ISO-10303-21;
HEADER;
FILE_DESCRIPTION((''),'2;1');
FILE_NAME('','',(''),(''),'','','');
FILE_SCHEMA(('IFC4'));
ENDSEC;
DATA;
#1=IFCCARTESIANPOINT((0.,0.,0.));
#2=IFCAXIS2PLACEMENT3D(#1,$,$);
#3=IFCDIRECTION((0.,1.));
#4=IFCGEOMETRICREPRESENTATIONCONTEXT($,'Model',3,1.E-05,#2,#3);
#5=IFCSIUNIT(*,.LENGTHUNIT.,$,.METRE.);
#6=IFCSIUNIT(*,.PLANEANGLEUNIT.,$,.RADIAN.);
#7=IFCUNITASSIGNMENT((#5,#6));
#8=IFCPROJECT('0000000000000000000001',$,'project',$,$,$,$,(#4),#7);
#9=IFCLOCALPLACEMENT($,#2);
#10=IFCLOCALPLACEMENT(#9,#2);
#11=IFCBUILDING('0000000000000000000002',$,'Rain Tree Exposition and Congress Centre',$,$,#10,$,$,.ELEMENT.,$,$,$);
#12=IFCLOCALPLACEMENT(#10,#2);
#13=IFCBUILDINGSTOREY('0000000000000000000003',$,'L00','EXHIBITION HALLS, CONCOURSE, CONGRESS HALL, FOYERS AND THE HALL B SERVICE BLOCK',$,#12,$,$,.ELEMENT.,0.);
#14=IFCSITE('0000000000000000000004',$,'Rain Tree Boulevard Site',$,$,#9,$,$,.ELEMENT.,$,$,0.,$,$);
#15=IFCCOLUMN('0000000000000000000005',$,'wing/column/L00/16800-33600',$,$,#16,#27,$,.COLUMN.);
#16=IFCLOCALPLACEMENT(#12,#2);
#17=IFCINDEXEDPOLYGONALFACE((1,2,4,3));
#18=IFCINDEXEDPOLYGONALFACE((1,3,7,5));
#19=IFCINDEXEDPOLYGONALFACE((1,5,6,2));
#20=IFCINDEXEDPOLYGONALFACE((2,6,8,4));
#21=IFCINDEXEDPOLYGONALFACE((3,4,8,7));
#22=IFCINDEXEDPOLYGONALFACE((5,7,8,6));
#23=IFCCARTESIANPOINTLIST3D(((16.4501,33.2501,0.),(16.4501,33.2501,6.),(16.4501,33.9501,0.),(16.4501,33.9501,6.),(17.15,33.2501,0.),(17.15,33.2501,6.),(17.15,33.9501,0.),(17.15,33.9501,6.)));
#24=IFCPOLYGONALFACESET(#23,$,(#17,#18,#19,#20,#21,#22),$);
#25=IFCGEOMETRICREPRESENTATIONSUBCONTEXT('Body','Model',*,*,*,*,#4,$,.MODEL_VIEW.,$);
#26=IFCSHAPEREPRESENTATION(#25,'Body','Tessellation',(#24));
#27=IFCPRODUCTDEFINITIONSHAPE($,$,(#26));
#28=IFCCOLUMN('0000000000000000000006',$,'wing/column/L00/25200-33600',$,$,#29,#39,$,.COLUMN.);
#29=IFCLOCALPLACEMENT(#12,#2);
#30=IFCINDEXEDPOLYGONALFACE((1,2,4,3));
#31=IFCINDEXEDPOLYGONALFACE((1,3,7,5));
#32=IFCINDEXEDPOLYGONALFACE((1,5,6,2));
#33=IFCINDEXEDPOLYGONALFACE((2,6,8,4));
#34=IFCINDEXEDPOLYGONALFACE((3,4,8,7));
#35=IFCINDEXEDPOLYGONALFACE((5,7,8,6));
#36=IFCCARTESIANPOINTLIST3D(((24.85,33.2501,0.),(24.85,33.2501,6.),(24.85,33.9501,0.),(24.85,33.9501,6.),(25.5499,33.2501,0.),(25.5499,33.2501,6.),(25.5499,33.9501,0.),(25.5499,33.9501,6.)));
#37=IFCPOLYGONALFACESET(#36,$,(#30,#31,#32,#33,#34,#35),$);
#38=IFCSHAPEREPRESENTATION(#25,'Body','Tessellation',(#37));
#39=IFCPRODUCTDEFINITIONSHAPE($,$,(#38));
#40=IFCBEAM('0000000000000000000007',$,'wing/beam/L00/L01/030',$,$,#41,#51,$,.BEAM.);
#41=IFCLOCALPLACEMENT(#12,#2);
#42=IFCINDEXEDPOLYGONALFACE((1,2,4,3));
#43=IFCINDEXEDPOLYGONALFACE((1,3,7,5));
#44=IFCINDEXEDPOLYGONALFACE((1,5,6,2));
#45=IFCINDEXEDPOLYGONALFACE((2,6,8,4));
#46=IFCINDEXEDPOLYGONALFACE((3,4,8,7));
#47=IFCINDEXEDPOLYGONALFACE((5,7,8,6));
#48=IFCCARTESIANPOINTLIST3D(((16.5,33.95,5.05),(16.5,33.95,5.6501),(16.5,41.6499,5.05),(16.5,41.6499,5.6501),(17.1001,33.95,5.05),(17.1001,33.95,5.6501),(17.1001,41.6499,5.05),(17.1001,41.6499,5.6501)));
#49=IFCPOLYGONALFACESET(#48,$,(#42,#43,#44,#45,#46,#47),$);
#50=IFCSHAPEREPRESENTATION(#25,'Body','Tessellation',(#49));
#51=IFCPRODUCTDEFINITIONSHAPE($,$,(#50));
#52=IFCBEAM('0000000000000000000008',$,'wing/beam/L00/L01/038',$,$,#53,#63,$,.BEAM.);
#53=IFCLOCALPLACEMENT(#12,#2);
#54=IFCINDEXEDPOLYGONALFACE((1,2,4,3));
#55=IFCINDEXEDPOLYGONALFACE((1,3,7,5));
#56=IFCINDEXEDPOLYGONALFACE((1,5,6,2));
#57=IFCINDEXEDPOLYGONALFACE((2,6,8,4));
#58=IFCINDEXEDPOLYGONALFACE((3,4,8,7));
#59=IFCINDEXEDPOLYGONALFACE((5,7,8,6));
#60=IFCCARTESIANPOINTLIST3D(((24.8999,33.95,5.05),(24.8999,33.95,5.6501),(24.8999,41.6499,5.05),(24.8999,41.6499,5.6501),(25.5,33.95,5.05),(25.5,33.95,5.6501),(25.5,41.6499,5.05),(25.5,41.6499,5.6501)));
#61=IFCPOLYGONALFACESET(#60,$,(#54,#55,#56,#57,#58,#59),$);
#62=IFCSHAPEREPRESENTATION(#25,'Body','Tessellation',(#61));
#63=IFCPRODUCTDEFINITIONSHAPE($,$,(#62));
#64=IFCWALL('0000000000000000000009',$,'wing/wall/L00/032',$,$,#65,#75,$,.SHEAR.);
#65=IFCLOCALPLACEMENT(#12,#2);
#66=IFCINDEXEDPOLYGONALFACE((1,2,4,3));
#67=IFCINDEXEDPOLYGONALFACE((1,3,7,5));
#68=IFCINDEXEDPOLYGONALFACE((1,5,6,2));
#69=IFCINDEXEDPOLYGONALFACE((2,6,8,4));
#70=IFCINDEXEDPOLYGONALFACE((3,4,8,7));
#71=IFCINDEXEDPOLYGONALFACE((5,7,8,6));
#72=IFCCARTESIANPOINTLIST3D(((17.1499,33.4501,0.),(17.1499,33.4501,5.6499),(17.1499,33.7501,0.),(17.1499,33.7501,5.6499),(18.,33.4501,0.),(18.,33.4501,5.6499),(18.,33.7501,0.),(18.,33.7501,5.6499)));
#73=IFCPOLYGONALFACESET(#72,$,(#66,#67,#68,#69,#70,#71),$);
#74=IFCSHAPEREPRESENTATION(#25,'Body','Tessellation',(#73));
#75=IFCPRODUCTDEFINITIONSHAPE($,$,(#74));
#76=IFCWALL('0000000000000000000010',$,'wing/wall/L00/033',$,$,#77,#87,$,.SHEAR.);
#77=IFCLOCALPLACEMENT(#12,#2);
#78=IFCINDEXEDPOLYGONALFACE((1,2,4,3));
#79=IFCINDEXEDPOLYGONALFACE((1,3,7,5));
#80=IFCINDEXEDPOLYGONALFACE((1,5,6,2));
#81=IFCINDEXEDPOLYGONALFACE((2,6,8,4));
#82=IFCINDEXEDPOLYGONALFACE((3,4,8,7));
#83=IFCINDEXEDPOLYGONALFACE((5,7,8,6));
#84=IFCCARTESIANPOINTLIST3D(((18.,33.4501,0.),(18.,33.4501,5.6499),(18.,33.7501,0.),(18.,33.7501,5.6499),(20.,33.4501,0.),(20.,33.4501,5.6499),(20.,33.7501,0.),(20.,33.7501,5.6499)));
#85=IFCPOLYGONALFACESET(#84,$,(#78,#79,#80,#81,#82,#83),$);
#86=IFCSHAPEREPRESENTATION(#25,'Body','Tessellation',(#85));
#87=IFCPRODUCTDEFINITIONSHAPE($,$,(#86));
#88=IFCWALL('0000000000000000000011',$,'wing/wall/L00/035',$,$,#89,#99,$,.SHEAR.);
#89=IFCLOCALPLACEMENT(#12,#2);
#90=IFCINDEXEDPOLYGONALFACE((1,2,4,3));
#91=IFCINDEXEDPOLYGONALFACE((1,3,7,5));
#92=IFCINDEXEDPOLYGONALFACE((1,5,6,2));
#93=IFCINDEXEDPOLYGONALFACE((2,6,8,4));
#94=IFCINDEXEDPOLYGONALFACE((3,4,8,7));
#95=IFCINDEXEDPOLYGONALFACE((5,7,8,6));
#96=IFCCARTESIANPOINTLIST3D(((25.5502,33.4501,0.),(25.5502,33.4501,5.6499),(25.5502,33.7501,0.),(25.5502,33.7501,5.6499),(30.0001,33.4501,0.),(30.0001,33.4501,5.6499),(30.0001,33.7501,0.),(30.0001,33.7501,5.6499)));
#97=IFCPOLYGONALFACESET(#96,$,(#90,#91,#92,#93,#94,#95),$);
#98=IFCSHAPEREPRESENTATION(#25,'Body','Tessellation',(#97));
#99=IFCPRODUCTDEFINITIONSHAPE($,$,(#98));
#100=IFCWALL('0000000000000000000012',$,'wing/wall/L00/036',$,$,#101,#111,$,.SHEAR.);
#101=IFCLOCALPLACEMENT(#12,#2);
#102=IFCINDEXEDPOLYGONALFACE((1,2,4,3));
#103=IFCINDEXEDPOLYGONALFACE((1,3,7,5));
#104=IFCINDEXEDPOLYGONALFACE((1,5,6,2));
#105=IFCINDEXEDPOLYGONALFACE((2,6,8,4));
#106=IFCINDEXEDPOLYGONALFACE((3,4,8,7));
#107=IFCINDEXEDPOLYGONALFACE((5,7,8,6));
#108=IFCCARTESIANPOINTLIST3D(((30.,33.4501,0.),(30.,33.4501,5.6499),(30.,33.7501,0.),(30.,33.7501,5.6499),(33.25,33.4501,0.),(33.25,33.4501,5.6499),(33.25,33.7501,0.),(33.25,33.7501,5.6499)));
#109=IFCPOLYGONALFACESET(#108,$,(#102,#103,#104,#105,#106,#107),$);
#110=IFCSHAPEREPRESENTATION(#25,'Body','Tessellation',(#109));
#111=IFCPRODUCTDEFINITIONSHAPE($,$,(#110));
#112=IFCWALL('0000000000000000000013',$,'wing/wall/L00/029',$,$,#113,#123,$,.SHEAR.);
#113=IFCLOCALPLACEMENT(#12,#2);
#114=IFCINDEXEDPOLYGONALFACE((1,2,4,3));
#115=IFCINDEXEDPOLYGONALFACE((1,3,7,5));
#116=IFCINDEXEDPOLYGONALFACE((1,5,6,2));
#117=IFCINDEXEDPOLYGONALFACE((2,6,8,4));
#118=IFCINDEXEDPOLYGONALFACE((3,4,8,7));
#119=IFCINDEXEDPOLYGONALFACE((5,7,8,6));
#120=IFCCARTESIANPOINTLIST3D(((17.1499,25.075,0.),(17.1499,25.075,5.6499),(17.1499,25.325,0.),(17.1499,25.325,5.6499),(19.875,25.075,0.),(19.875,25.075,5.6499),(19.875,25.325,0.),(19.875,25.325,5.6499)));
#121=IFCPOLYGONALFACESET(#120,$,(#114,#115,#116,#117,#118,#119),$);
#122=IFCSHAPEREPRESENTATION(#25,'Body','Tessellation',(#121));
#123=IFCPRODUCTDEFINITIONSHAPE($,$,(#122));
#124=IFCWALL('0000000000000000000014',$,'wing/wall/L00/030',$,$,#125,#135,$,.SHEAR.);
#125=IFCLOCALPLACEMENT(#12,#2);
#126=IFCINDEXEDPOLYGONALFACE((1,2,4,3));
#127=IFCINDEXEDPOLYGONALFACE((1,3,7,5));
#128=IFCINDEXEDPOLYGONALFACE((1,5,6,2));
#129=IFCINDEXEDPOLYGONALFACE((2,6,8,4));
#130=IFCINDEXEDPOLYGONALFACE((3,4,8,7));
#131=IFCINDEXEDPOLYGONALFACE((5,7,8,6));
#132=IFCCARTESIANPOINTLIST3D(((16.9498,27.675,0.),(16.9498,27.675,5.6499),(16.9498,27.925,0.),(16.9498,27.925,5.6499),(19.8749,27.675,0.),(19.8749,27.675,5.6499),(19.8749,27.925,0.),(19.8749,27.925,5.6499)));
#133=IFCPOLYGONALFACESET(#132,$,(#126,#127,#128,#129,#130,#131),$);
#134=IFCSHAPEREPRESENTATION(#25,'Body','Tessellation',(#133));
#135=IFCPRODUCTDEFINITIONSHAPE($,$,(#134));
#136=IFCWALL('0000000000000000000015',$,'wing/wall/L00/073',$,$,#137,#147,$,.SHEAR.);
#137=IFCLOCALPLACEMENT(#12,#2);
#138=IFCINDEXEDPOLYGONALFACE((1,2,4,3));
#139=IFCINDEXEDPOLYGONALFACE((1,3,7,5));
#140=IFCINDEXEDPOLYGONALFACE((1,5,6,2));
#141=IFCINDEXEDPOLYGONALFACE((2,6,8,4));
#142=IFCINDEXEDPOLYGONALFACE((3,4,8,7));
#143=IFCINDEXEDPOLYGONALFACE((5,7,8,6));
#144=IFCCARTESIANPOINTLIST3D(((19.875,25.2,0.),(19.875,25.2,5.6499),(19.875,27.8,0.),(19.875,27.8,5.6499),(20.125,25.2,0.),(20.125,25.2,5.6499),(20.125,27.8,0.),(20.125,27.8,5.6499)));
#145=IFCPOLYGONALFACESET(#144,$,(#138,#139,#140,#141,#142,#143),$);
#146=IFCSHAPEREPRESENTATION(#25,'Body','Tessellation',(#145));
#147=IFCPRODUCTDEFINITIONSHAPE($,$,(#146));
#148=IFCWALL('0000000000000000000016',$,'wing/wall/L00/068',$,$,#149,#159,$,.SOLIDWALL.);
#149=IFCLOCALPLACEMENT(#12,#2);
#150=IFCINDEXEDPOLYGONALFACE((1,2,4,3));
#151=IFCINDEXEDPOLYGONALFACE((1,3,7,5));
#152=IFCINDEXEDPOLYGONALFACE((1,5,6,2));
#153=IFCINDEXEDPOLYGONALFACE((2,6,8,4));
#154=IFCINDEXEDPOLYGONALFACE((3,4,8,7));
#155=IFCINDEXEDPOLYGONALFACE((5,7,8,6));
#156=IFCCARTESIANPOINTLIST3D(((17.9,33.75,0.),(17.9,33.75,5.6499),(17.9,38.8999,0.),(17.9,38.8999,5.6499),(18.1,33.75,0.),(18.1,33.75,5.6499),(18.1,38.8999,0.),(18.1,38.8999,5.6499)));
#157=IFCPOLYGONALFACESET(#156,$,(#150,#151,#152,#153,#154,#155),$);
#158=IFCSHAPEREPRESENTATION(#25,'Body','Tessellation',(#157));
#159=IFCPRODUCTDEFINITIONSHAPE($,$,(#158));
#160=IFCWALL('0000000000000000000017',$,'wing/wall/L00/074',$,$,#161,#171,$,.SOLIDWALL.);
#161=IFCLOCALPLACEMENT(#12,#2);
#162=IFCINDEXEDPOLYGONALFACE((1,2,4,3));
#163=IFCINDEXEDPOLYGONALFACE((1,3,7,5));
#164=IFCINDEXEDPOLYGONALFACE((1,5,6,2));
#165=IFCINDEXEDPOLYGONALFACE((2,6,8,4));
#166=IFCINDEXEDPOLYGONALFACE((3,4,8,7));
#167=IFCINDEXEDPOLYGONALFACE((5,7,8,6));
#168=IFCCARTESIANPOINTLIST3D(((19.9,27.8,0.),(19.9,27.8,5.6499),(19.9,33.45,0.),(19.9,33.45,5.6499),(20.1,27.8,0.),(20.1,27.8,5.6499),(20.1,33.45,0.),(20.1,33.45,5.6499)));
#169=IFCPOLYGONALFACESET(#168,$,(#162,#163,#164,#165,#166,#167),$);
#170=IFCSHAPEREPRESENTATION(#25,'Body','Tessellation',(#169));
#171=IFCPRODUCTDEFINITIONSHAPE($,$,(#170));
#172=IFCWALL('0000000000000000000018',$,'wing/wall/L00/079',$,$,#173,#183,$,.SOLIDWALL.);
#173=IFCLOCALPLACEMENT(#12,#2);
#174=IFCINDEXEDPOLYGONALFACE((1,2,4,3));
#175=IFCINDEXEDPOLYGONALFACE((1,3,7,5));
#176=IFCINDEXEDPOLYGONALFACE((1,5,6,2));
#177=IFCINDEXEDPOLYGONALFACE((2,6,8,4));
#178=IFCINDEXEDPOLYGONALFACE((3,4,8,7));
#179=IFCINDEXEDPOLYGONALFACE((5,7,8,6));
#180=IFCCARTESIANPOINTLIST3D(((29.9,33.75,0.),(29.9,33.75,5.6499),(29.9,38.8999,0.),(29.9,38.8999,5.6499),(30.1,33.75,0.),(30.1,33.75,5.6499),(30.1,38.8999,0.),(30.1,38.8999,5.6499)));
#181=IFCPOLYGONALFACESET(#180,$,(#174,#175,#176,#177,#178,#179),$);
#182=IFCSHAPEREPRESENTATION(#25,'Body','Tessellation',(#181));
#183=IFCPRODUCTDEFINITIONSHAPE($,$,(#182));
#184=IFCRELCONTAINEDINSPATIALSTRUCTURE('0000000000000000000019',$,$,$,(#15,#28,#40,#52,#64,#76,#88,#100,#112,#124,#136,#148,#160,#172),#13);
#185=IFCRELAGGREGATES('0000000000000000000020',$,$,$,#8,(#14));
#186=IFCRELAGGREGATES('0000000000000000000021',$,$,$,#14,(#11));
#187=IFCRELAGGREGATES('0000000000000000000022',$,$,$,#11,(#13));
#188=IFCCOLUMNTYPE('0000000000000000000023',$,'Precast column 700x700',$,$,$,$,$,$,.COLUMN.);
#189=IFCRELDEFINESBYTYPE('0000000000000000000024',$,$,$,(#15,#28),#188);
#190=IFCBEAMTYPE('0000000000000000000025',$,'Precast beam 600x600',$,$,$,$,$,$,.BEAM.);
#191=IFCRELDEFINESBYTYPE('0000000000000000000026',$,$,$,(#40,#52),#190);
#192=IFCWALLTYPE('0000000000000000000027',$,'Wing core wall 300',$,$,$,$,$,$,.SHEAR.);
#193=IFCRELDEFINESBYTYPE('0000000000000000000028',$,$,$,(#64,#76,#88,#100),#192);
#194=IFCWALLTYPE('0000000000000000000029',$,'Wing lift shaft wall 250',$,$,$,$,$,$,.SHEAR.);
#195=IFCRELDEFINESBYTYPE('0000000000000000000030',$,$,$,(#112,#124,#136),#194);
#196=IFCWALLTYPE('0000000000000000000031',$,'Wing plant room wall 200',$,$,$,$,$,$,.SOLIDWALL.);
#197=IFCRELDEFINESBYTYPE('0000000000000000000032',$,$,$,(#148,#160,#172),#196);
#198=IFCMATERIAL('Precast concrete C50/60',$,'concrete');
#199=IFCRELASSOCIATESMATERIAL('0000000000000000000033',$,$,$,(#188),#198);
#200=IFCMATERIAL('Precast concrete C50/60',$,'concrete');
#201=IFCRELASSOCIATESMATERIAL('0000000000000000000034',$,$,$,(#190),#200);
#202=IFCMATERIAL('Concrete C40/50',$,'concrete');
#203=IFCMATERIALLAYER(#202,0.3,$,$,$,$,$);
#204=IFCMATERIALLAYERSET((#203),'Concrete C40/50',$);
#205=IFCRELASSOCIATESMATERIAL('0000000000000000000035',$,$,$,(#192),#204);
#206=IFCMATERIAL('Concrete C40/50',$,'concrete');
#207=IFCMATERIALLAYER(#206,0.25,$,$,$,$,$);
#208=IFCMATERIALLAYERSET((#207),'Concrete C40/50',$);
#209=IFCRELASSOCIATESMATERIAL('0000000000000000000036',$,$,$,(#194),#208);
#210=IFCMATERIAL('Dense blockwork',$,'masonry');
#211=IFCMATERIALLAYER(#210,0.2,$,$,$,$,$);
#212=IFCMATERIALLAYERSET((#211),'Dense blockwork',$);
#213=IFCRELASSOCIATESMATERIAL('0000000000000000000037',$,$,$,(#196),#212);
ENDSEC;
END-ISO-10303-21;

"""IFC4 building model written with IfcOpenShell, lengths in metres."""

from ifc_helpers import new_model, si_unit, direction, frame, frame_2d, origin, origin_2d, place, context, subcontext, project, spatial, rectangle, extrude, material, layer, layer_set, material_profile, profile_set, type_object, element, save


model = new_model("IFC4")

# Units and contexts
model_context = context("Model", 3, precision=1e-05, world=origin(), true_north=direction((0.0, 1.0)))
body_context = subcontext(model_context, "Body", "Model", "MODEL_VIEW")
ifc_project = project(units=[si_unit("LENGTHUNIT", "METRE"), si_unit("PLANEANGLEUNIT", "RADIAN")], contexts=[model_context])

# Site, building, storey
site_placement = place(None, origin())
site = spatial("IfcSite", under=ifc_project, at=site_placement, Name="Rain Tree Boulevard Site", CompositionType="ELEMENT", RefElevation=0.0)
building_placement = place(site_placement, origin())
building = spatial("IfcBuilding", under=site, at=building_placement, Name="Rain Tree Exposition and Congress Centre", CompositionType="ELEMENT")
storey_placement = place(building_placement, origin())
storey = spatial("IfcBuildingStorey", under=building, at=storey_placement, Name="L00", Description="EXHIBITION HALLS, CONCOURSE, CONGRESS HALL, FOYERS AND THE HALL B SERVICE BLOCK", CompositionType="ELEMENT", Elevation=0.0)

# Columns
ifc_material_1 = material(Name="Precast concrete C50/60", Category="concrete")
ifc_material_profile_1 = material_profile(ifc_material_1, rectangle(XDim=0.7, YDim=0.7, at=origin_2d()), Name="RC 700x700")
ifc_profile_set_1 = profile_set([ifc_material_profile_1], Name="Precast concrete C50/60")
column_type = type_object("IfcColumnType", Name="Precast column 700x700", PredefinedType="COLUMN", material=ifc_profile_set_1)
for number, where, z_axis, x_axis, name in (
    (1, (16.8, 33.6001, 0.0), (0.0, 0.0, 1.0), (1.0, 0.0, 0.0), "wing/column/L00/16800-33600"),
    (2, (25.2, 33.6001, 0.0), (0.0, 0.0, 1.0), (1.0, 0.0, 0.0), "wing/column/L00/25200-33600"),
):
    element("IfcColumn", number, at=place(storey_placement, frame(where, z_axis=z_axis, x_axis=x_axis)), inside=storey, type_object=column_type, Name=name, PredefinedType="COLUMN", context=body_context, shape_type="SweptSolid", body=[
        extrude(rectangle(XDim=0.7, YDim=0.7, at=origin_2d()), origin(), (0.0, 0.0, 1.0), 6.0),
    ])

# Beams
ifc_material_2 = material(Name="Precast concrete C50/60", Category="concrete")
ifc_material_profile_2 = material_profile(ifc_material_2, rectangle(XDim=0.6001, YDim=0.6001, at=origin_2d()), Name="RC 600x600")
ifc_profile_set_2 = profile_set([ifc_material_profile_2], Name="Precast concrete C50/60")
beam_type = type_object("IfcBeamType", Name="Precast beam 600x600", PredefinedType="BEAM", material=ifc_profile_set_2)
for number, where, z_axis, x_axis, name in (
    (3, (16.8, 33.95, 5.3501), (0.0, 1.0, 0.0), (-1.0, 0.0, 0.0), "wing/beam/L00/L01/030"),
    (4, (25.2, 33.95, 5.3501), (0.0, 1.0, 0.0), (-1.0, 0.0, 0.0), "wing/beam/L00/L01/038"),
):
    element("IfcBeam", number, at=place(storey_placement, frame(where, z_axis=z_axis, x_axis=x_axis)), inside=storey, type_object=beam_type, Name=name, PredefinedType="BEAM", context=body_context, shape_type="SweptSolid", body=[
        extrude(rectangle(XDim=0.6001, YDim=0.6001, at=origin_2d()), origin(), (0.0, 0.0, 1.0), 7.7),
    ])

# Walls
ifc_material_3 = material(Name="Concrete C40/50", Category="concrete")
ifc_layer_1 = layer(ifc_material_3, 0.3)
ifc_layer_set_1 = layer_set([ifc_layer_1], Name="Concrete C40/50")
wall_type_1 = type_object("IfcWallType", Name="Wing core wall 300", PredefinedType="SHEAR", material=ifc_layer_set_1)
wall_1_placement = place(storey_placement, frame((17.1499, 33.6001, 0.0), z_axis=(0.0, 0.0, 1.0), x_axis=(1.0, 0.0, 0.0)))
element("IfcWall", 5, at=wall_1_placement, inside=storey, type_object=wall_type_1, Name="wing/wall/L00/032", PredefinedType="SHEAR", context=body_context, shape_type="SweptSolid", body=[
    extrude(rectangle(XDim=0.8501, YDim=0.3, at=frame_2d((0.425, 0.0))), origin(), (0.0, 0.0, 1.0), 5.6499),
])
wall_2_placement = place(storey_placement, frame((18.0, 33.6001, 0.0), z_axis=(0.0, 0.0, 1.0), x_axis=(1.0, 0.0, 0.0)))
element("IfcWall", 6, at=wall_2_placement, inside=storey, type_object=wall_type_1, Name="wing/wall/L00/033", PredefinedType="SHEAR", context=body_context, shape_type="SweptSolid", body=[
    extrude(rectangle(XDim=2.0, YDim=0.3, at=frame_2d((1.0, 0.0))), origin(), (0.0, 0.0, 1.0), 5.6499),
])

# Walls
wall_3_placement = place(storey_placement, frame((25.55, 33.6001, 0.0), z_axis=(0.0, 0.0, 1.0), x_axis=(1.0, 0.0, 0.0)))
element("IfcWall", 7, at=wall_3_placement, inside=storey, type_object=wall_type_1, Name="wing/wall/L00/035", PredefinedType="SHEAR", context=body_context, shape_type="SweptSolid", body=[
    extrude(rectangle(XDim=4.45, YDim=0.3, at=frame_2d((2.2251, 0.0))), origin(), (0.0, 0.0, 1.0), 5.6499),
])
wall_4_placement = place(storey_placement, frame((30.0, 33.6001, 0.0), z_axis=(0.0, 0.0, 1.0), x_axis=(1.0, 0.0, 0.0)))
element("IfcWall", 8, at=wall_4_placement, inside=storey, type_object=wall_type_1, Name="wing/wall/L00/036", PredefinedType="SHEAR", context=body_context, shape_type="SweptSolid", body=[
    extrude(rectangle(XDim=3.25, YDim=0.3, at=frame_2d((1.625, 0.0))), origin(), (0.0, 0.0, 1.0), 5.6499),
])

# Walls
ifc_material_4 = material(Name="Concrete C40/50", Category="concrete")
ifc_layer_2 = layer(ifc_material_4, 0.25)
ifc_layer_set_2 = layer_set([ifc_layer_2], Name="Concrete C40/50")
wall_type_2 = type_object("IfcWallType", Name="Wing lift shaft wall 250", PredefinedType="SHEAR", material=ifc_layer_set_2)
wall_5_placement = place(storey_placement, frame((17.1499, 25.2, 0.0), z_axis=(0.0, 0.0, 1.0), x_axis=(1.0, 0.0, 0.0)))
element("IfcWall", 9, at=wall_5_placement, inside=storey, type_object=wall_type_2, Name="wing/wall/L00/029", PredefinedType="SHEAR", context=body_context, shape_type="SweptSolid", body=[
    extrude(rectangle(XDim=2.7251, YDim=0.25, at=frame_2d((1.3625, 0.0))), origin(), (0.0, 0.0, 1.0), 5.6499),
])
wall_6_placement = place(storey_placement, frame((16.95, 27.8, 0.0), z_axis=(0.0, 0.0, 1.0), x_axis=(1.0, 0.0, 0.0)))
element("IfcWall", 10, at=wall_6_placement, inside=storey, type_object=wall_type_2, Name="wing/wall/L00/030", PredefinedType="SHEAR", context=body_context, shape_type="SweptSolid", body=[
    extrude(rectangle(XDim=2.925, YDim=0.25, at=frame_2d((1.4624, 0.0))), origin(), (0.0, 0.0, 1.0), 5.6499),
])
wall_7_placement = place(storey_placement, frame((20.0, 25.2, 0.0), z_axis=(0.0, 0.0, 1.0), x_axis=(0.0, 1.0, 0.0)))
element("IfcWall", 11, at=wall_7_placement, inside=storey, type_object=wall_type_2, Name="wing/wall/L00/073", PredefinedType="SHEAR", context=body_context, shape_type="SweptSolid", body=[
    extrude(rectangle(XDim=2.6001, YDim=0.25, at=frame_2d((1.3, 0.0))), origin(), (0.0, 0.0, 1.0), 5.6499),
])

# Shared definitions
ifc_material_5 = material(Name="Dense blockwork", Category="masonry")
ifc_layer_3 = layer(ifc_material_5, 0.2)
ifc_layer_set_3 = layer_set([ifc_layer_3], Name="Dense blockwork")
wall_type_3 = type_object("IfcWallType", Name="Wing plant room wall 200", PredefinedType="SOLIDWALL", material=ifc_layer_set_3)

# Walls
wall_8_placement = place(storey_placement, frame((18.0, 33.75, 0.0), z_axis=(0.0, 0.0, 1.0), x_axis=(0.0, 1.0, 0.0)))
element("IfcWall", 12, at=wall_8_placement, inside=storey, type_object=wall_type_3, Name="wing/wall/L00/068", PredefinedType="SOLIDWALL", context=body_context, shape_type="SweptSolid", body=[
    extrude(rectangle(XDim=5.1499, YDim=0.2, at=frame_2d((2.575, 0.0))), origin(), (0.0, 0.0, 1.0), 5.6499),
])
wall_9_placement = place(storey_placement, frame((20.0, 27.8, 0.0), z_axis=(0.0, 0.0, 1.0), x_axis=(0.0, 1.0, 0.0)))
element("IfcWall", 13, at=wall_9_placement, inside=storey, type_object=wall_type_3, Name="wing/wall/L00/074", PredefinedType="SOLIDWALL", context=body_context, shape_type="SweptSolid", body=[
    extrude(rectangle(XDim=5.6499, YDim=0.2, at=frame_2d((2.825, 0.0))), origin(), (0.0, 0.0, 1.0), 5.6499),
])
wall_10_placement = place(storey_placement, frame((30.0, 33.75, 0.0), z_axis=(0.0, 0.0, 1.0), x_axis=(0.0, 1.0, 0.0)))
element("IfcWall", 14, at=wall_10_placement, inside=storey, type_object=wall_type_3, Name="wing/wall/L00/079", PredefinedType="SOLIDWALL", context=body_context, shape_type="SweptSolid", body=[
    extrude(rectangle(XDim=5.1499, YDim=0.2, at=frame_2d((2.575, 0.0))), origin(), (0.0, 0.0, 1.0), 5.6499),
])

save(model, "model.ifc")
